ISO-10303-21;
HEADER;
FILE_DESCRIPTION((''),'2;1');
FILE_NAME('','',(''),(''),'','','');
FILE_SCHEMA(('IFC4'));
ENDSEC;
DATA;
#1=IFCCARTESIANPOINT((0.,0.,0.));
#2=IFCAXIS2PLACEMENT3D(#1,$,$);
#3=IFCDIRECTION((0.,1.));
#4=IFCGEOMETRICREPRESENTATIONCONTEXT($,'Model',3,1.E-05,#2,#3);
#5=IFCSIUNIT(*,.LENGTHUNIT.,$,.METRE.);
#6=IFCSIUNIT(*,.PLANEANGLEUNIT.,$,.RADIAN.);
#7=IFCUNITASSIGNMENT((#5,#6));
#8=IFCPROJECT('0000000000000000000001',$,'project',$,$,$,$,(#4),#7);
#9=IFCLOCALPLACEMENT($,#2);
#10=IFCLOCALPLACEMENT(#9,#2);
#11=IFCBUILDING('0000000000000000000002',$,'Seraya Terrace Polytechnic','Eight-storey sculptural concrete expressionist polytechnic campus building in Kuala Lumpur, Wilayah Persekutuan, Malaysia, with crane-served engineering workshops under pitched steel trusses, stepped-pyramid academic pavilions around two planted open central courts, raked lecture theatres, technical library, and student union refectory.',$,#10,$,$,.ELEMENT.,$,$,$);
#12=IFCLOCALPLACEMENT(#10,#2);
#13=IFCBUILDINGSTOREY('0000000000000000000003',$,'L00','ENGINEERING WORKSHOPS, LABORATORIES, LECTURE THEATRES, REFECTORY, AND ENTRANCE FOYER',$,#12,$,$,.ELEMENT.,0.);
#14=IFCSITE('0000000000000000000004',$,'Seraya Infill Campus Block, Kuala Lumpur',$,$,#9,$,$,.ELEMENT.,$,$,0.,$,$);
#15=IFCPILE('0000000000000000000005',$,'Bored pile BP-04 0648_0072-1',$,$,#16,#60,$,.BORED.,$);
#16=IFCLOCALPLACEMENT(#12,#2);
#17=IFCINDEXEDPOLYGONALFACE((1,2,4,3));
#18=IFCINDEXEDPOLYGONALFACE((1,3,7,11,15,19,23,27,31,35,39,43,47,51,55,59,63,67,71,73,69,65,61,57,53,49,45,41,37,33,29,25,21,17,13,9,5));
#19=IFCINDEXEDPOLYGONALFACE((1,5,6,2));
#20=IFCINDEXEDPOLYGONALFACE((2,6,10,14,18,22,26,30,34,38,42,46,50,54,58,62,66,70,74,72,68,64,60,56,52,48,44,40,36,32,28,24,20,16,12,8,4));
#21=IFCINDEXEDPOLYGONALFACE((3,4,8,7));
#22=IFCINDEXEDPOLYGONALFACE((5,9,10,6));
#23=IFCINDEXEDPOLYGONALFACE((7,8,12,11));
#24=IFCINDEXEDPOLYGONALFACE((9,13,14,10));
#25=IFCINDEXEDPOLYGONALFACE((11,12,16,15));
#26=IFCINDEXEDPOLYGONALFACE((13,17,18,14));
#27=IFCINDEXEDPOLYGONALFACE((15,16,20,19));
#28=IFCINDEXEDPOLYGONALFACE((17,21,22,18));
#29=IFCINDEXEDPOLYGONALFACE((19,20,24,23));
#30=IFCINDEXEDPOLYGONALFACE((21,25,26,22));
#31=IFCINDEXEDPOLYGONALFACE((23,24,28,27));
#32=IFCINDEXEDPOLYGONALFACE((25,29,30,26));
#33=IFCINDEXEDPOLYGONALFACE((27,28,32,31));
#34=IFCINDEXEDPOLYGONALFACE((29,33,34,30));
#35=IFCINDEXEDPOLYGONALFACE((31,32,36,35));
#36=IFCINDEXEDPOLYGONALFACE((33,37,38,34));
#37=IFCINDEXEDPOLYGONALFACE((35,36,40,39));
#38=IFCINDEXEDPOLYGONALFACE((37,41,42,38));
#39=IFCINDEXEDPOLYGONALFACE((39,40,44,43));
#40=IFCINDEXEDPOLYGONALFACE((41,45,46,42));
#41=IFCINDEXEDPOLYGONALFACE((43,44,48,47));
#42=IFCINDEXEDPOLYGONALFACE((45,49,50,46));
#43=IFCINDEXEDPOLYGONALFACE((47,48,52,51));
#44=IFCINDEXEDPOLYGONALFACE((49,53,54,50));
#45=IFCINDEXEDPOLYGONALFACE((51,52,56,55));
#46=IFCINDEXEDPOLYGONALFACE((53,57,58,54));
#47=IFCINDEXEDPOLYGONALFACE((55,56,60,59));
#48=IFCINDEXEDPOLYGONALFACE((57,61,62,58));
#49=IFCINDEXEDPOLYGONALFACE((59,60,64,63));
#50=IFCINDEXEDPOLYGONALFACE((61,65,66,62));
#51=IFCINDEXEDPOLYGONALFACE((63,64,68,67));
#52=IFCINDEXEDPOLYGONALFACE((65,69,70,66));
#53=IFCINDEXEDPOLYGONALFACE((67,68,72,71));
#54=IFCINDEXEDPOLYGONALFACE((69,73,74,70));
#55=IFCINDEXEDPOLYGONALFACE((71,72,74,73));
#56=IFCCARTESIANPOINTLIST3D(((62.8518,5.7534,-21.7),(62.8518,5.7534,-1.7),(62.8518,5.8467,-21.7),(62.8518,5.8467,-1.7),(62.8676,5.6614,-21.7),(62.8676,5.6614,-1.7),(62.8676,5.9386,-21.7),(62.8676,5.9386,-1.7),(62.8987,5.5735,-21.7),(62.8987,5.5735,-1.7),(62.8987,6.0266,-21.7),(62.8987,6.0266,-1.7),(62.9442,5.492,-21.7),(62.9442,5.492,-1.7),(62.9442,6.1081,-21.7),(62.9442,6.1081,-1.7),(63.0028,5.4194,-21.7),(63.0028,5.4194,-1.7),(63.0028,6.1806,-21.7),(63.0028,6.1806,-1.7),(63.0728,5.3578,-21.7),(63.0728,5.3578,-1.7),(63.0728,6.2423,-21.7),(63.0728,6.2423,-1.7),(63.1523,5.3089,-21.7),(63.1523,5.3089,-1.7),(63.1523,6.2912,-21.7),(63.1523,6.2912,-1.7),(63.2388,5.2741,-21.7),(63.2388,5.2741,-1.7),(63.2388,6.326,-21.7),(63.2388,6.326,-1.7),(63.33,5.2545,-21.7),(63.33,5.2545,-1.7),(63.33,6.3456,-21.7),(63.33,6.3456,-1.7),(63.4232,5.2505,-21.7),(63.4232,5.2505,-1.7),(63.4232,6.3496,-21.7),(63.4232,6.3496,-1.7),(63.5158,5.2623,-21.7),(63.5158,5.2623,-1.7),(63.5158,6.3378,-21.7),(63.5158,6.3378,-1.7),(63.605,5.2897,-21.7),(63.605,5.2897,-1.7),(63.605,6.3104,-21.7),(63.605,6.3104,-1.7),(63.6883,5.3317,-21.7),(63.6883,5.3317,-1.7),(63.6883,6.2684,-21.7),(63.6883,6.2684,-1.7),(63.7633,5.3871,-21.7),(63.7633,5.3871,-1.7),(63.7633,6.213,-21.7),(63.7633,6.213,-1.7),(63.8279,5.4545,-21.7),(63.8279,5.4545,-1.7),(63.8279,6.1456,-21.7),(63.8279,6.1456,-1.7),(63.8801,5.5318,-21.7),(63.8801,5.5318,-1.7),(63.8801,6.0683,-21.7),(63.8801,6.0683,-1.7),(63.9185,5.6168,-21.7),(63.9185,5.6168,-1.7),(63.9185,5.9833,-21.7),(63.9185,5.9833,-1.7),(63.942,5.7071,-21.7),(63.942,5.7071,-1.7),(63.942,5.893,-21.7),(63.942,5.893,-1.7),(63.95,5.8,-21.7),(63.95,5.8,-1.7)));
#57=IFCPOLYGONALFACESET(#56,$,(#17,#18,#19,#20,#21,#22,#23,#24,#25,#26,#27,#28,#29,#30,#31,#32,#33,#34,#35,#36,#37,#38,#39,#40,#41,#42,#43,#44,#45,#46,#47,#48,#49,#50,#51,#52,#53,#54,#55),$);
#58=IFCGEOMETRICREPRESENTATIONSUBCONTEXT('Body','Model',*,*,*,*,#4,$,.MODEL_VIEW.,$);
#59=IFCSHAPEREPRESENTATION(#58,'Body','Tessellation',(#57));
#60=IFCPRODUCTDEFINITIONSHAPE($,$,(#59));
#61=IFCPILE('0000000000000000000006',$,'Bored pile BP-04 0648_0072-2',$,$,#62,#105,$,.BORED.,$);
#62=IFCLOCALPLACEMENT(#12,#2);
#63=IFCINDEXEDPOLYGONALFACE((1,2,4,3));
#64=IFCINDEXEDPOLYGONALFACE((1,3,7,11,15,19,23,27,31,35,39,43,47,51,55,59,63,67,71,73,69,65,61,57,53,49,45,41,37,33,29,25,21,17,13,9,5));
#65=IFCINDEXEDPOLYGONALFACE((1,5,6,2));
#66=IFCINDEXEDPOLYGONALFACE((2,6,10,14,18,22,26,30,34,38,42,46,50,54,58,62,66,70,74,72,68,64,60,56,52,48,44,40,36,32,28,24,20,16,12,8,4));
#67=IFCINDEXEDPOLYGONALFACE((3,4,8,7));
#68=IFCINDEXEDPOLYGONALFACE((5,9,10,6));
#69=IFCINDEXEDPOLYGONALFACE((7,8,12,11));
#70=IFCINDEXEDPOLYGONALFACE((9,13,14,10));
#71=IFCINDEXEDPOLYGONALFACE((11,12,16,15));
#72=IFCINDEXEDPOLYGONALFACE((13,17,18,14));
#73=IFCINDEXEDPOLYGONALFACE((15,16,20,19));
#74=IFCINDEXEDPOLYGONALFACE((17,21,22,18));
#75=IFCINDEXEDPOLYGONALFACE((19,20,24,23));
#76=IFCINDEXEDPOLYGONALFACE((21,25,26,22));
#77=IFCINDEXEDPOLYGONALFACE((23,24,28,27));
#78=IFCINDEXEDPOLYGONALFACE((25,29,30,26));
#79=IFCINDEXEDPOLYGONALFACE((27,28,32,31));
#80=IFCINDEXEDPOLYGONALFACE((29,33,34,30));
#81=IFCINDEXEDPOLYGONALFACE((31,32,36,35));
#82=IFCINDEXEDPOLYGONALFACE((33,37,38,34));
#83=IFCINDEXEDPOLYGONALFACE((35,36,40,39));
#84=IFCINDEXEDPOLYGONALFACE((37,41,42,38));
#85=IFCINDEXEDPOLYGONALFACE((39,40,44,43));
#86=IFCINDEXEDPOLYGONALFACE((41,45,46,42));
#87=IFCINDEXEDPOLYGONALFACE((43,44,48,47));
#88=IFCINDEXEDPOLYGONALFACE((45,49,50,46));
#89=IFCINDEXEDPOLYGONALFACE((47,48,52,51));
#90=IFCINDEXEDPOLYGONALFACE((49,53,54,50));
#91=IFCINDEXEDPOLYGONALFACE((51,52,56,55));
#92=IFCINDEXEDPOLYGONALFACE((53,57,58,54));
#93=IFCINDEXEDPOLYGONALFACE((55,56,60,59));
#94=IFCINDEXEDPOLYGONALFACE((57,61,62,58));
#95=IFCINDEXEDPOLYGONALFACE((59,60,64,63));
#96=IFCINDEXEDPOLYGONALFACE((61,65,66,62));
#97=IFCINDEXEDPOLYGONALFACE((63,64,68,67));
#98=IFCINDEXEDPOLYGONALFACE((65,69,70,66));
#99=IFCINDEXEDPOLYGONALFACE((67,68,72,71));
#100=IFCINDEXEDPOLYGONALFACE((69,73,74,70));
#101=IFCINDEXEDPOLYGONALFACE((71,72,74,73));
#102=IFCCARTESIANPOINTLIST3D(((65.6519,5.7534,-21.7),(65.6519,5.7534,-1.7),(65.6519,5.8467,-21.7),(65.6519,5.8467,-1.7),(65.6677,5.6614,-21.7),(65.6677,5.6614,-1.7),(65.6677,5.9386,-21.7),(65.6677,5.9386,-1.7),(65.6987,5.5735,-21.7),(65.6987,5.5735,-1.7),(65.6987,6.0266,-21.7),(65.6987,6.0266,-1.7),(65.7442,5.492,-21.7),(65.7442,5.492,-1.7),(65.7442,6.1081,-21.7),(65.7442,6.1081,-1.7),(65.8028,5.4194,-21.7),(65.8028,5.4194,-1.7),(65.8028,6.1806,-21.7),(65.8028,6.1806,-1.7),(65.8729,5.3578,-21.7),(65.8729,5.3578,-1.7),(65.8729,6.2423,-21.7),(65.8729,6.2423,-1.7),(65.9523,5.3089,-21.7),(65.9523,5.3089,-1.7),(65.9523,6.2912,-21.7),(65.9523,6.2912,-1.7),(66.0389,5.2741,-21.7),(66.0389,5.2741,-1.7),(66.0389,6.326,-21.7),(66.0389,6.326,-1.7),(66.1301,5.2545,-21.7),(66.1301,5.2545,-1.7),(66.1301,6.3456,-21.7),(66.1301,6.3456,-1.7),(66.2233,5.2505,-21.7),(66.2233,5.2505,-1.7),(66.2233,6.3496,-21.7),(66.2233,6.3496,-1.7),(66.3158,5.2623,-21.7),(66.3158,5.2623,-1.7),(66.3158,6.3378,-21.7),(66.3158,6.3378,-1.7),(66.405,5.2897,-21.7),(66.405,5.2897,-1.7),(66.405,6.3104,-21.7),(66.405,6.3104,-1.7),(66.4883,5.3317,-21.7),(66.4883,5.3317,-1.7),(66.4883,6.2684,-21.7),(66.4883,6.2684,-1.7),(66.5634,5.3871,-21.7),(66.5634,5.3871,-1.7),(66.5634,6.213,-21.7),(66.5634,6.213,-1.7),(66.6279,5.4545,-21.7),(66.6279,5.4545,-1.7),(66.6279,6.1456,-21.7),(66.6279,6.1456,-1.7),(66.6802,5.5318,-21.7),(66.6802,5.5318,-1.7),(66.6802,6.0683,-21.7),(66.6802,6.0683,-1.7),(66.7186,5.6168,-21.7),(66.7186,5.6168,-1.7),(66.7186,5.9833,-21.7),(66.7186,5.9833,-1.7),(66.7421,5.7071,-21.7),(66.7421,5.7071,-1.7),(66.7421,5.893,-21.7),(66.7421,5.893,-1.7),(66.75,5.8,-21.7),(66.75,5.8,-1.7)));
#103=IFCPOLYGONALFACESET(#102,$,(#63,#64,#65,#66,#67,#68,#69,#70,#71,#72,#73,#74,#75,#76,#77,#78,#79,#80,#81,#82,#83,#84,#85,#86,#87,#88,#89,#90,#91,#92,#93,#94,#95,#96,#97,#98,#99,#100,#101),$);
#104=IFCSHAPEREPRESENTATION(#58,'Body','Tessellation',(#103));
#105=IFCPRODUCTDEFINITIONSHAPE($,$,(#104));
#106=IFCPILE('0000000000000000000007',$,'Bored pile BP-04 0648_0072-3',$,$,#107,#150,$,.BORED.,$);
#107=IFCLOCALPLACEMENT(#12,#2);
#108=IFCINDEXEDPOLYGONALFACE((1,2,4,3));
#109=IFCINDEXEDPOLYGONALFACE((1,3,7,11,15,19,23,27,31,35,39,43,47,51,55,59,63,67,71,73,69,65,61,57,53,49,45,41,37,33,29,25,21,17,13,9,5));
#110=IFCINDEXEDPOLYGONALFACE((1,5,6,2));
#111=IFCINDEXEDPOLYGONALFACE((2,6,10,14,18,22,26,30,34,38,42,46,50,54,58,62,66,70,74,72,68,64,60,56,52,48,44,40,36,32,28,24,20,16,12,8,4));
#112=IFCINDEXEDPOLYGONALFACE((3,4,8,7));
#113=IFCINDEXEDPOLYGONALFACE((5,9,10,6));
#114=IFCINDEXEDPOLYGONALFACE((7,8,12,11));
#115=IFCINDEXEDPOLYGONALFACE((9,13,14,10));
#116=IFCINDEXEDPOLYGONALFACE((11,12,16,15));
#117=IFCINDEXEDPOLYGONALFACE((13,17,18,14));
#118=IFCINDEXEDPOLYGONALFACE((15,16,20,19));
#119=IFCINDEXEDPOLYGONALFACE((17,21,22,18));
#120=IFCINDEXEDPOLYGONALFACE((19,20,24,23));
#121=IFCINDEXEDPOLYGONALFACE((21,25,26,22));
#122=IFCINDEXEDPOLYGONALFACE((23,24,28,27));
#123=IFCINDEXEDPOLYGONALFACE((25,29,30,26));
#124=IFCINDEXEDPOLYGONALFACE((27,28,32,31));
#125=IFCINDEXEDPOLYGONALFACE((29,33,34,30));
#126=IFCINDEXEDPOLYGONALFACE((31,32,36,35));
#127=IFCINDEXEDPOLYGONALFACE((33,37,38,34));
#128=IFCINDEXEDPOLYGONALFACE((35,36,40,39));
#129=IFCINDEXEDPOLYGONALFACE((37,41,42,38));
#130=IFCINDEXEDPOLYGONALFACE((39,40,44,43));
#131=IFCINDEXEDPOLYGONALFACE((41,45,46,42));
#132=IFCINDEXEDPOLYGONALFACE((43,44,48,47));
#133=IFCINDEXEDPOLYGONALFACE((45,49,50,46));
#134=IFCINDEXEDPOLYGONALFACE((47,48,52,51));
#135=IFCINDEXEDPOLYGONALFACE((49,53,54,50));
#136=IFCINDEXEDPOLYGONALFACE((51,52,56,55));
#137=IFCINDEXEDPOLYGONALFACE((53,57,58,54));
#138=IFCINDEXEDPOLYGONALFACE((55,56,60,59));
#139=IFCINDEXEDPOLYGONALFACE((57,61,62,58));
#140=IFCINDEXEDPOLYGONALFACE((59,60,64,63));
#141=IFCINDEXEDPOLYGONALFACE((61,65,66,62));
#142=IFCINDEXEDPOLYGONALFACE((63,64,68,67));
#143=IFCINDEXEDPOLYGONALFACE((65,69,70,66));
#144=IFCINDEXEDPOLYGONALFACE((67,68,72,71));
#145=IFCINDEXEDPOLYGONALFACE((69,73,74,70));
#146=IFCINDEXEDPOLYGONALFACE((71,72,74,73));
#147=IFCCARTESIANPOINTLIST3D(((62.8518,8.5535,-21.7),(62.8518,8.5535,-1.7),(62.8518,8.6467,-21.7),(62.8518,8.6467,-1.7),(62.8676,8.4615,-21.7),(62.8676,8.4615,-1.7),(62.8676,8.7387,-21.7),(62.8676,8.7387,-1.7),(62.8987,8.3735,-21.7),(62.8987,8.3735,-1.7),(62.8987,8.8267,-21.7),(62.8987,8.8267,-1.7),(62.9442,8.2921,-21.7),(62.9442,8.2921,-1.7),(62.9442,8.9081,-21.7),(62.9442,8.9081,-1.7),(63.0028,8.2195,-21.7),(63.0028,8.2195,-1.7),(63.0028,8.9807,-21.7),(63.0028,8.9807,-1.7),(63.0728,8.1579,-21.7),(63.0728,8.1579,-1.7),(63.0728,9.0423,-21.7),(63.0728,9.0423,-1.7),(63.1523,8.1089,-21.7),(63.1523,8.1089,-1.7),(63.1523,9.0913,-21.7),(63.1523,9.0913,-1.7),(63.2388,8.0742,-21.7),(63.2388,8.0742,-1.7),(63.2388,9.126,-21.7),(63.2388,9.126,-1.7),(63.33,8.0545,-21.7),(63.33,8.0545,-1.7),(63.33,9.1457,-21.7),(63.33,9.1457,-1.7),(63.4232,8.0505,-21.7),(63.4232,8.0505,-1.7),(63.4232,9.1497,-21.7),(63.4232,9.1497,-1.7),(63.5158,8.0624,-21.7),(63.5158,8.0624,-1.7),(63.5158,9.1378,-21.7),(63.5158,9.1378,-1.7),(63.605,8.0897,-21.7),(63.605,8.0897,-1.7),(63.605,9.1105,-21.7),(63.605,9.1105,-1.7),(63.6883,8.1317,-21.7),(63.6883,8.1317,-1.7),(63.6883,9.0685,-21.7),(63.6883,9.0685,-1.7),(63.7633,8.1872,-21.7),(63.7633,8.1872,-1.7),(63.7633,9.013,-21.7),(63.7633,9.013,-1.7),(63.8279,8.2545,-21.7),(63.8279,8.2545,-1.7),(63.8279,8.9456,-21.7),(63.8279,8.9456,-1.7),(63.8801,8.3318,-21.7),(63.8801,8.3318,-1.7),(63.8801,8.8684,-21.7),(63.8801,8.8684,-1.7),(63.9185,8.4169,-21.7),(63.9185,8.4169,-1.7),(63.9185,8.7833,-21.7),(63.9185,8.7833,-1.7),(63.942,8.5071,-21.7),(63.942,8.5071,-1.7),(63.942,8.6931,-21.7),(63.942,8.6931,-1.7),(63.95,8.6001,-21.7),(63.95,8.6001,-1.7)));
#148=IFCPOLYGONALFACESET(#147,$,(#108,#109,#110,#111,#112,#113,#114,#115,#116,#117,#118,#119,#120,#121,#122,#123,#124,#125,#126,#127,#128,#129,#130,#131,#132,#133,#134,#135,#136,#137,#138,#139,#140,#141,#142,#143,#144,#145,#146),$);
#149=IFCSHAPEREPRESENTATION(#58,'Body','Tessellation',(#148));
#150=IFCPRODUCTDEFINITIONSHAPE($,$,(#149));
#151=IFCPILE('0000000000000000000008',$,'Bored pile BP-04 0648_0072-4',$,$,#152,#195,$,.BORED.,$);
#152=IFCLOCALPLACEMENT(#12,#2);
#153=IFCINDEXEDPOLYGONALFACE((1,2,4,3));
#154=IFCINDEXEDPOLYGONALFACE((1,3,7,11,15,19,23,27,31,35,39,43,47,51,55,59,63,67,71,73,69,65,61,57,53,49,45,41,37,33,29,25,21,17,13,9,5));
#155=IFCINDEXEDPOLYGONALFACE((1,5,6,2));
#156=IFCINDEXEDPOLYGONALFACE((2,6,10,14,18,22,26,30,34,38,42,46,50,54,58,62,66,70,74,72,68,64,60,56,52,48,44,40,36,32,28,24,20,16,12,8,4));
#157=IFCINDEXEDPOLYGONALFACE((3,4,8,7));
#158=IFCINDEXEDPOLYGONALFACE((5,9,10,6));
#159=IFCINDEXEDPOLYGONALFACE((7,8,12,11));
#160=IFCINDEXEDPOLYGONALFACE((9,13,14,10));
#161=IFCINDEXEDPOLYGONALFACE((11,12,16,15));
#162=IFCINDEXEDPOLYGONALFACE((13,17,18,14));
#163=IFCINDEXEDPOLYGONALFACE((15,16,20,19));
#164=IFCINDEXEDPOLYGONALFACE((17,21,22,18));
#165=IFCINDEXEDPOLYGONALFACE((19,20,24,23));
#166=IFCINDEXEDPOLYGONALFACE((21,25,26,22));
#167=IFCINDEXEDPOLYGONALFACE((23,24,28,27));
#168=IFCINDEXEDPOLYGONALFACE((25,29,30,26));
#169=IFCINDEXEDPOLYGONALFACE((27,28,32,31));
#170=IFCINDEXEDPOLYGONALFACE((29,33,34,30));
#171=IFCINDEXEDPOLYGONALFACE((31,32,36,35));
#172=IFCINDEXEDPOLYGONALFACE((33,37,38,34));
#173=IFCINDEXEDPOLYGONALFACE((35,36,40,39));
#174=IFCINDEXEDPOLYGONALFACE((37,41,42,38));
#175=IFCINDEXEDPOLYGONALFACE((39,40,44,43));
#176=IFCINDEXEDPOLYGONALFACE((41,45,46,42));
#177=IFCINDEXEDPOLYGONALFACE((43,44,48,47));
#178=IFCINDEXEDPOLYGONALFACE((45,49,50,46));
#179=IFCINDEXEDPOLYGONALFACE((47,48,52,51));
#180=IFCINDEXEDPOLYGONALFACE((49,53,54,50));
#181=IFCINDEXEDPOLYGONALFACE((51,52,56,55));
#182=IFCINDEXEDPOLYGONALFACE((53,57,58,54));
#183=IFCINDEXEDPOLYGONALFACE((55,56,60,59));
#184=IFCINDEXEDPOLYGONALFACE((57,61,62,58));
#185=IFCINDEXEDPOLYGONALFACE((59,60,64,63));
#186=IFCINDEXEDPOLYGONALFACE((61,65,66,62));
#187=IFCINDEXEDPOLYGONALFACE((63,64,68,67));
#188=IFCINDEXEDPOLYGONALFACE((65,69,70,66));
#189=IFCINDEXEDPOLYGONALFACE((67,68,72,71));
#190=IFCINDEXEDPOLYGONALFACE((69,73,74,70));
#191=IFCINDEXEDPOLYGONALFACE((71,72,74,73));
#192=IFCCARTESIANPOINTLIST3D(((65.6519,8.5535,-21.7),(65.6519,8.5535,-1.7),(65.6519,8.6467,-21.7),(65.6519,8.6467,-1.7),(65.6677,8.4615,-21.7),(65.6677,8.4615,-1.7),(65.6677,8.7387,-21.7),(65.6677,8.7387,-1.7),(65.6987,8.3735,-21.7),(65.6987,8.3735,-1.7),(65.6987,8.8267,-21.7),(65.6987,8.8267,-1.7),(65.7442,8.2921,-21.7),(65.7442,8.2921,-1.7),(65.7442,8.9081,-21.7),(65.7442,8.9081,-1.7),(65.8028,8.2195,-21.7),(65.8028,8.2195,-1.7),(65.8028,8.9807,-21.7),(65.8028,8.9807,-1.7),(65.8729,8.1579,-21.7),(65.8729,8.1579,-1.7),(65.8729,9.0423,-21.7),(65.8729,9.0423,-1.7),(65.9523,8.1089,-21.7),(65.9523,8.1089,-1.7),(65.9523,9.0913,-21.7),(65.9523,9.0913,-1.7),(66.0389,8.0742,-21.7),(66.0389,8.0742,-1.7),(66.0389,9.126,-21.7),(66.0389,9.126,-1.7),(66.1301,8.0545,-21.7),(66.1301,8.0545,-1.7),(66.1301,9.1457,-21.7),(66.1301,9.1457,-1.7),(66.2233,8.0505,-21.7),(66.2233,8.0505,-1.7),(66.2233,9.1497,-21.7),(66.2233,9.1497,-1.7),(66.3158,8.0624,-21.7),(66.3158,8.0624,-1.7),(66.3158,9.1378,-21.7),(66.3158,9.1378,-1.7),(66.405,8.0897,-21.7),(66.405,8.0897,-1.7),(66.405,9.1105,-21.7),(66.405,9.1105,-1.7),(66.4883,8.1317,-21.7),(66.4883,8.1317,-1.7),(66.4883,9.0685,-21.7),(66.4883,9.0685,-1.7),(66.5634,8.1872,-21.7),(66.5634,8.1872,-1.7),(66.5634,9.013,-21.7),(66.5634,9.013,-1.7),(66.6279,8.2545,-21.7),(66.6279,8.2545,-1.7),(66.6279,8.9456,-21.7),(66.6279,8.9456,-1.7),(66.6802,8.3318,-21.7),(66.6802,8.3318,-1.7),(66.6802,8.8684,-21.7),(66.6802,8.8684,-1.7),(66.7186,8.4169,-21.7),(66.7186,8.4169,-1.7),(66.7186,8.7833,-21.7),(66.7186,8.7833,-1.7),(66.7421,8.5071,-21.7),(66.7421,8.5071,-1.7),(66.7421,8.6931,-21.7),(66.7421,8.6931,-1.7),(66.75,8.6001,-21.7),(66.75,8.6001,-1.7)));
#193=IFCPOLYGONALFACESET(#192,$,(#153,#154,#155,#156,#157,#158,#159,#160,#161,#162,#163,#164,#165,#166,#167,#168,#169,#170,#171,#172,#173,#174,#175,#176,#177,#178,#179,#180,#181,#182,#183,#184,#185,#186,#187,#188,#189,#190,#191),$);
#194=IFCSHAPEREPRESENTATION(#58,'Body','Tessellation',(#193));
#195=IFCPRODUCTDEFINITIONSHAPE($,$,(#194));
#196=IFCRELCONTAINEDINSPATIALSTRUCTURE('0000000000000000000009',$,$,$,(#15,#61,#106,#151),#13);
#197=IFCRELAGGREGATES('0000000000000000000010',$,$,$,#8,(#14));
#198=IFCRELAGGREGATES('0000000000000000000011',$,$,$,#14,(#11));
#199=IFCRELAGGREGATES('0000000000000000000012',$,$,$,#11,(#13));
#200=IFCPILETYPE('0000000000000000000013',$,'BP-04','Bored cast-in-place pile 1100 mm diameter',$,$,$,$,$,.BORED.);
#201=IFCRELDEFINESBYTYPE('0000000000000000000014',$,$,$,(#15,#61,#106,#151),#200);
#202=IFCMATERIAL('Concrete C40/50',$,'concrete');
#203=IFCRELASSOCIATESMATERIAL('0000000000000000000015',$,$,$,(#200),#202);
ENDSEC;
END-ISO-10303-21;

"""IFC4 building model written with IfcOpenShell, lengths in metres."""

from ifc_helpers import new_model, si_unit, direction, frame, origin, origin_2d, place, context, subcontext, project, spatial, circle, extrude, material, material_profile, profile_set, type_object, element, save


model = new_model("IFC4")

# Units and contexts
model_context = context("Model", 3, precision=1e-05, world=origin(), true_north=direction((0.0, 1.0)))
body_context = subcontext(model_context, "Body", "Model", "MODEL_VIEW")
ifc_project = project(units=[si_unit("LENGTHUNIT", "METRE"), si_unit("PLANEANGLEUNIT", "RADIAN")], contexts=[model_context])

# Site, building, storey
site_placement = place(None, origin())
site = spatial("IfcSite", under=ifc_project, at=site_placement, Name="Seraya Infill Campus Block, Kuala Lumpur", CompositionType="ELEMENT", RefElevation=0.0)
building_placement = place(site_placement, origin())
building = spatial("IfcBuilding", under=site, at=building_placement, Name="Seraya Terrace Polytechnic", Description="Eight-storey sculptural concrete expressionist polytechnic campus building in Kuala Lumpur, Wilayah Persekutuan, Malaysia, with crane-served engineering workshops under pitched steel trusses, stepped-pyramid academic pavilions around two planted open central courts, raked lecture theatres, technical library, and student union refectory.", CompositionType="ELEMENT")
storey_placement = place(building_placement, origin())
storey = spatial("IfcBuildingStorey", under=building, at=storey_placement, Name="L00", Description="ENGINEERING WORKSHOPS, LABORATORIES, LECTURE THEATRES, REFECTORY, AND ENTRANCE FOYER", CompositionType="ELEMENT", Elevation=0.0)

# Piles
ifc_material_1 = material(Name="Concrete C40/50", Category="concrete")
ifc_material_profile_1 = material_profile(ifc_material_1, circle(Radius=0.55, at=origin_2d()), Name="DIA 1100")
ifc_profile_set_1 = profile_set([ifc_material_profile_1], Name="Concrete C40/50")
pile_type_1 = type_object("IfcPileType", Name="BP-04", Description="Bored cast-in-place pile 1100 mm diameter", PredefinedType="BORED", material=ifc_profile_set_1)
for number, where, z_axis, x_axis, name in (
    (1, (63.3999, 5.8, -1.7), (0.0, 0.0, -1.0), (1.0, 0.0, 0.0), "Bored pile BP-04 0648_0072-1"),
    (2, (66.2, 5.8, -1.7), (0.0, 0.0, -1.0), (1.0, 0.0, 0.0), "Bored pile BP-04 0648_0072-2"),
    (3, (63.3999, 8.6001, -1.7), (0.0, 0.0, -1.0), (1.0, 0.0, 0.0), "Bored pile BP-04 0648_0072-3"),
    (4, (66.2, 8.6001, -1.7), (0.0, 0.0, -1.0), (1.0, 0.0, 0.0), "Bored pile BP-04 0648_0072-4"),
):
    element("IfcPile", number, at=place(storey_placement, frame(where, z_axis=z_axis, x_axis=x_axis)), inside=storey, type_object=pile_type_1, Name=name, PredefinedType="BORED", context=body_context, shape_type="SweptSolid", body=[
        extrude(circle(Radius=0.55, at=origin_2d()), origin(), (0.0, 0.0, 1.0), 20.0),
    ])

save(model, "model.ifc")
